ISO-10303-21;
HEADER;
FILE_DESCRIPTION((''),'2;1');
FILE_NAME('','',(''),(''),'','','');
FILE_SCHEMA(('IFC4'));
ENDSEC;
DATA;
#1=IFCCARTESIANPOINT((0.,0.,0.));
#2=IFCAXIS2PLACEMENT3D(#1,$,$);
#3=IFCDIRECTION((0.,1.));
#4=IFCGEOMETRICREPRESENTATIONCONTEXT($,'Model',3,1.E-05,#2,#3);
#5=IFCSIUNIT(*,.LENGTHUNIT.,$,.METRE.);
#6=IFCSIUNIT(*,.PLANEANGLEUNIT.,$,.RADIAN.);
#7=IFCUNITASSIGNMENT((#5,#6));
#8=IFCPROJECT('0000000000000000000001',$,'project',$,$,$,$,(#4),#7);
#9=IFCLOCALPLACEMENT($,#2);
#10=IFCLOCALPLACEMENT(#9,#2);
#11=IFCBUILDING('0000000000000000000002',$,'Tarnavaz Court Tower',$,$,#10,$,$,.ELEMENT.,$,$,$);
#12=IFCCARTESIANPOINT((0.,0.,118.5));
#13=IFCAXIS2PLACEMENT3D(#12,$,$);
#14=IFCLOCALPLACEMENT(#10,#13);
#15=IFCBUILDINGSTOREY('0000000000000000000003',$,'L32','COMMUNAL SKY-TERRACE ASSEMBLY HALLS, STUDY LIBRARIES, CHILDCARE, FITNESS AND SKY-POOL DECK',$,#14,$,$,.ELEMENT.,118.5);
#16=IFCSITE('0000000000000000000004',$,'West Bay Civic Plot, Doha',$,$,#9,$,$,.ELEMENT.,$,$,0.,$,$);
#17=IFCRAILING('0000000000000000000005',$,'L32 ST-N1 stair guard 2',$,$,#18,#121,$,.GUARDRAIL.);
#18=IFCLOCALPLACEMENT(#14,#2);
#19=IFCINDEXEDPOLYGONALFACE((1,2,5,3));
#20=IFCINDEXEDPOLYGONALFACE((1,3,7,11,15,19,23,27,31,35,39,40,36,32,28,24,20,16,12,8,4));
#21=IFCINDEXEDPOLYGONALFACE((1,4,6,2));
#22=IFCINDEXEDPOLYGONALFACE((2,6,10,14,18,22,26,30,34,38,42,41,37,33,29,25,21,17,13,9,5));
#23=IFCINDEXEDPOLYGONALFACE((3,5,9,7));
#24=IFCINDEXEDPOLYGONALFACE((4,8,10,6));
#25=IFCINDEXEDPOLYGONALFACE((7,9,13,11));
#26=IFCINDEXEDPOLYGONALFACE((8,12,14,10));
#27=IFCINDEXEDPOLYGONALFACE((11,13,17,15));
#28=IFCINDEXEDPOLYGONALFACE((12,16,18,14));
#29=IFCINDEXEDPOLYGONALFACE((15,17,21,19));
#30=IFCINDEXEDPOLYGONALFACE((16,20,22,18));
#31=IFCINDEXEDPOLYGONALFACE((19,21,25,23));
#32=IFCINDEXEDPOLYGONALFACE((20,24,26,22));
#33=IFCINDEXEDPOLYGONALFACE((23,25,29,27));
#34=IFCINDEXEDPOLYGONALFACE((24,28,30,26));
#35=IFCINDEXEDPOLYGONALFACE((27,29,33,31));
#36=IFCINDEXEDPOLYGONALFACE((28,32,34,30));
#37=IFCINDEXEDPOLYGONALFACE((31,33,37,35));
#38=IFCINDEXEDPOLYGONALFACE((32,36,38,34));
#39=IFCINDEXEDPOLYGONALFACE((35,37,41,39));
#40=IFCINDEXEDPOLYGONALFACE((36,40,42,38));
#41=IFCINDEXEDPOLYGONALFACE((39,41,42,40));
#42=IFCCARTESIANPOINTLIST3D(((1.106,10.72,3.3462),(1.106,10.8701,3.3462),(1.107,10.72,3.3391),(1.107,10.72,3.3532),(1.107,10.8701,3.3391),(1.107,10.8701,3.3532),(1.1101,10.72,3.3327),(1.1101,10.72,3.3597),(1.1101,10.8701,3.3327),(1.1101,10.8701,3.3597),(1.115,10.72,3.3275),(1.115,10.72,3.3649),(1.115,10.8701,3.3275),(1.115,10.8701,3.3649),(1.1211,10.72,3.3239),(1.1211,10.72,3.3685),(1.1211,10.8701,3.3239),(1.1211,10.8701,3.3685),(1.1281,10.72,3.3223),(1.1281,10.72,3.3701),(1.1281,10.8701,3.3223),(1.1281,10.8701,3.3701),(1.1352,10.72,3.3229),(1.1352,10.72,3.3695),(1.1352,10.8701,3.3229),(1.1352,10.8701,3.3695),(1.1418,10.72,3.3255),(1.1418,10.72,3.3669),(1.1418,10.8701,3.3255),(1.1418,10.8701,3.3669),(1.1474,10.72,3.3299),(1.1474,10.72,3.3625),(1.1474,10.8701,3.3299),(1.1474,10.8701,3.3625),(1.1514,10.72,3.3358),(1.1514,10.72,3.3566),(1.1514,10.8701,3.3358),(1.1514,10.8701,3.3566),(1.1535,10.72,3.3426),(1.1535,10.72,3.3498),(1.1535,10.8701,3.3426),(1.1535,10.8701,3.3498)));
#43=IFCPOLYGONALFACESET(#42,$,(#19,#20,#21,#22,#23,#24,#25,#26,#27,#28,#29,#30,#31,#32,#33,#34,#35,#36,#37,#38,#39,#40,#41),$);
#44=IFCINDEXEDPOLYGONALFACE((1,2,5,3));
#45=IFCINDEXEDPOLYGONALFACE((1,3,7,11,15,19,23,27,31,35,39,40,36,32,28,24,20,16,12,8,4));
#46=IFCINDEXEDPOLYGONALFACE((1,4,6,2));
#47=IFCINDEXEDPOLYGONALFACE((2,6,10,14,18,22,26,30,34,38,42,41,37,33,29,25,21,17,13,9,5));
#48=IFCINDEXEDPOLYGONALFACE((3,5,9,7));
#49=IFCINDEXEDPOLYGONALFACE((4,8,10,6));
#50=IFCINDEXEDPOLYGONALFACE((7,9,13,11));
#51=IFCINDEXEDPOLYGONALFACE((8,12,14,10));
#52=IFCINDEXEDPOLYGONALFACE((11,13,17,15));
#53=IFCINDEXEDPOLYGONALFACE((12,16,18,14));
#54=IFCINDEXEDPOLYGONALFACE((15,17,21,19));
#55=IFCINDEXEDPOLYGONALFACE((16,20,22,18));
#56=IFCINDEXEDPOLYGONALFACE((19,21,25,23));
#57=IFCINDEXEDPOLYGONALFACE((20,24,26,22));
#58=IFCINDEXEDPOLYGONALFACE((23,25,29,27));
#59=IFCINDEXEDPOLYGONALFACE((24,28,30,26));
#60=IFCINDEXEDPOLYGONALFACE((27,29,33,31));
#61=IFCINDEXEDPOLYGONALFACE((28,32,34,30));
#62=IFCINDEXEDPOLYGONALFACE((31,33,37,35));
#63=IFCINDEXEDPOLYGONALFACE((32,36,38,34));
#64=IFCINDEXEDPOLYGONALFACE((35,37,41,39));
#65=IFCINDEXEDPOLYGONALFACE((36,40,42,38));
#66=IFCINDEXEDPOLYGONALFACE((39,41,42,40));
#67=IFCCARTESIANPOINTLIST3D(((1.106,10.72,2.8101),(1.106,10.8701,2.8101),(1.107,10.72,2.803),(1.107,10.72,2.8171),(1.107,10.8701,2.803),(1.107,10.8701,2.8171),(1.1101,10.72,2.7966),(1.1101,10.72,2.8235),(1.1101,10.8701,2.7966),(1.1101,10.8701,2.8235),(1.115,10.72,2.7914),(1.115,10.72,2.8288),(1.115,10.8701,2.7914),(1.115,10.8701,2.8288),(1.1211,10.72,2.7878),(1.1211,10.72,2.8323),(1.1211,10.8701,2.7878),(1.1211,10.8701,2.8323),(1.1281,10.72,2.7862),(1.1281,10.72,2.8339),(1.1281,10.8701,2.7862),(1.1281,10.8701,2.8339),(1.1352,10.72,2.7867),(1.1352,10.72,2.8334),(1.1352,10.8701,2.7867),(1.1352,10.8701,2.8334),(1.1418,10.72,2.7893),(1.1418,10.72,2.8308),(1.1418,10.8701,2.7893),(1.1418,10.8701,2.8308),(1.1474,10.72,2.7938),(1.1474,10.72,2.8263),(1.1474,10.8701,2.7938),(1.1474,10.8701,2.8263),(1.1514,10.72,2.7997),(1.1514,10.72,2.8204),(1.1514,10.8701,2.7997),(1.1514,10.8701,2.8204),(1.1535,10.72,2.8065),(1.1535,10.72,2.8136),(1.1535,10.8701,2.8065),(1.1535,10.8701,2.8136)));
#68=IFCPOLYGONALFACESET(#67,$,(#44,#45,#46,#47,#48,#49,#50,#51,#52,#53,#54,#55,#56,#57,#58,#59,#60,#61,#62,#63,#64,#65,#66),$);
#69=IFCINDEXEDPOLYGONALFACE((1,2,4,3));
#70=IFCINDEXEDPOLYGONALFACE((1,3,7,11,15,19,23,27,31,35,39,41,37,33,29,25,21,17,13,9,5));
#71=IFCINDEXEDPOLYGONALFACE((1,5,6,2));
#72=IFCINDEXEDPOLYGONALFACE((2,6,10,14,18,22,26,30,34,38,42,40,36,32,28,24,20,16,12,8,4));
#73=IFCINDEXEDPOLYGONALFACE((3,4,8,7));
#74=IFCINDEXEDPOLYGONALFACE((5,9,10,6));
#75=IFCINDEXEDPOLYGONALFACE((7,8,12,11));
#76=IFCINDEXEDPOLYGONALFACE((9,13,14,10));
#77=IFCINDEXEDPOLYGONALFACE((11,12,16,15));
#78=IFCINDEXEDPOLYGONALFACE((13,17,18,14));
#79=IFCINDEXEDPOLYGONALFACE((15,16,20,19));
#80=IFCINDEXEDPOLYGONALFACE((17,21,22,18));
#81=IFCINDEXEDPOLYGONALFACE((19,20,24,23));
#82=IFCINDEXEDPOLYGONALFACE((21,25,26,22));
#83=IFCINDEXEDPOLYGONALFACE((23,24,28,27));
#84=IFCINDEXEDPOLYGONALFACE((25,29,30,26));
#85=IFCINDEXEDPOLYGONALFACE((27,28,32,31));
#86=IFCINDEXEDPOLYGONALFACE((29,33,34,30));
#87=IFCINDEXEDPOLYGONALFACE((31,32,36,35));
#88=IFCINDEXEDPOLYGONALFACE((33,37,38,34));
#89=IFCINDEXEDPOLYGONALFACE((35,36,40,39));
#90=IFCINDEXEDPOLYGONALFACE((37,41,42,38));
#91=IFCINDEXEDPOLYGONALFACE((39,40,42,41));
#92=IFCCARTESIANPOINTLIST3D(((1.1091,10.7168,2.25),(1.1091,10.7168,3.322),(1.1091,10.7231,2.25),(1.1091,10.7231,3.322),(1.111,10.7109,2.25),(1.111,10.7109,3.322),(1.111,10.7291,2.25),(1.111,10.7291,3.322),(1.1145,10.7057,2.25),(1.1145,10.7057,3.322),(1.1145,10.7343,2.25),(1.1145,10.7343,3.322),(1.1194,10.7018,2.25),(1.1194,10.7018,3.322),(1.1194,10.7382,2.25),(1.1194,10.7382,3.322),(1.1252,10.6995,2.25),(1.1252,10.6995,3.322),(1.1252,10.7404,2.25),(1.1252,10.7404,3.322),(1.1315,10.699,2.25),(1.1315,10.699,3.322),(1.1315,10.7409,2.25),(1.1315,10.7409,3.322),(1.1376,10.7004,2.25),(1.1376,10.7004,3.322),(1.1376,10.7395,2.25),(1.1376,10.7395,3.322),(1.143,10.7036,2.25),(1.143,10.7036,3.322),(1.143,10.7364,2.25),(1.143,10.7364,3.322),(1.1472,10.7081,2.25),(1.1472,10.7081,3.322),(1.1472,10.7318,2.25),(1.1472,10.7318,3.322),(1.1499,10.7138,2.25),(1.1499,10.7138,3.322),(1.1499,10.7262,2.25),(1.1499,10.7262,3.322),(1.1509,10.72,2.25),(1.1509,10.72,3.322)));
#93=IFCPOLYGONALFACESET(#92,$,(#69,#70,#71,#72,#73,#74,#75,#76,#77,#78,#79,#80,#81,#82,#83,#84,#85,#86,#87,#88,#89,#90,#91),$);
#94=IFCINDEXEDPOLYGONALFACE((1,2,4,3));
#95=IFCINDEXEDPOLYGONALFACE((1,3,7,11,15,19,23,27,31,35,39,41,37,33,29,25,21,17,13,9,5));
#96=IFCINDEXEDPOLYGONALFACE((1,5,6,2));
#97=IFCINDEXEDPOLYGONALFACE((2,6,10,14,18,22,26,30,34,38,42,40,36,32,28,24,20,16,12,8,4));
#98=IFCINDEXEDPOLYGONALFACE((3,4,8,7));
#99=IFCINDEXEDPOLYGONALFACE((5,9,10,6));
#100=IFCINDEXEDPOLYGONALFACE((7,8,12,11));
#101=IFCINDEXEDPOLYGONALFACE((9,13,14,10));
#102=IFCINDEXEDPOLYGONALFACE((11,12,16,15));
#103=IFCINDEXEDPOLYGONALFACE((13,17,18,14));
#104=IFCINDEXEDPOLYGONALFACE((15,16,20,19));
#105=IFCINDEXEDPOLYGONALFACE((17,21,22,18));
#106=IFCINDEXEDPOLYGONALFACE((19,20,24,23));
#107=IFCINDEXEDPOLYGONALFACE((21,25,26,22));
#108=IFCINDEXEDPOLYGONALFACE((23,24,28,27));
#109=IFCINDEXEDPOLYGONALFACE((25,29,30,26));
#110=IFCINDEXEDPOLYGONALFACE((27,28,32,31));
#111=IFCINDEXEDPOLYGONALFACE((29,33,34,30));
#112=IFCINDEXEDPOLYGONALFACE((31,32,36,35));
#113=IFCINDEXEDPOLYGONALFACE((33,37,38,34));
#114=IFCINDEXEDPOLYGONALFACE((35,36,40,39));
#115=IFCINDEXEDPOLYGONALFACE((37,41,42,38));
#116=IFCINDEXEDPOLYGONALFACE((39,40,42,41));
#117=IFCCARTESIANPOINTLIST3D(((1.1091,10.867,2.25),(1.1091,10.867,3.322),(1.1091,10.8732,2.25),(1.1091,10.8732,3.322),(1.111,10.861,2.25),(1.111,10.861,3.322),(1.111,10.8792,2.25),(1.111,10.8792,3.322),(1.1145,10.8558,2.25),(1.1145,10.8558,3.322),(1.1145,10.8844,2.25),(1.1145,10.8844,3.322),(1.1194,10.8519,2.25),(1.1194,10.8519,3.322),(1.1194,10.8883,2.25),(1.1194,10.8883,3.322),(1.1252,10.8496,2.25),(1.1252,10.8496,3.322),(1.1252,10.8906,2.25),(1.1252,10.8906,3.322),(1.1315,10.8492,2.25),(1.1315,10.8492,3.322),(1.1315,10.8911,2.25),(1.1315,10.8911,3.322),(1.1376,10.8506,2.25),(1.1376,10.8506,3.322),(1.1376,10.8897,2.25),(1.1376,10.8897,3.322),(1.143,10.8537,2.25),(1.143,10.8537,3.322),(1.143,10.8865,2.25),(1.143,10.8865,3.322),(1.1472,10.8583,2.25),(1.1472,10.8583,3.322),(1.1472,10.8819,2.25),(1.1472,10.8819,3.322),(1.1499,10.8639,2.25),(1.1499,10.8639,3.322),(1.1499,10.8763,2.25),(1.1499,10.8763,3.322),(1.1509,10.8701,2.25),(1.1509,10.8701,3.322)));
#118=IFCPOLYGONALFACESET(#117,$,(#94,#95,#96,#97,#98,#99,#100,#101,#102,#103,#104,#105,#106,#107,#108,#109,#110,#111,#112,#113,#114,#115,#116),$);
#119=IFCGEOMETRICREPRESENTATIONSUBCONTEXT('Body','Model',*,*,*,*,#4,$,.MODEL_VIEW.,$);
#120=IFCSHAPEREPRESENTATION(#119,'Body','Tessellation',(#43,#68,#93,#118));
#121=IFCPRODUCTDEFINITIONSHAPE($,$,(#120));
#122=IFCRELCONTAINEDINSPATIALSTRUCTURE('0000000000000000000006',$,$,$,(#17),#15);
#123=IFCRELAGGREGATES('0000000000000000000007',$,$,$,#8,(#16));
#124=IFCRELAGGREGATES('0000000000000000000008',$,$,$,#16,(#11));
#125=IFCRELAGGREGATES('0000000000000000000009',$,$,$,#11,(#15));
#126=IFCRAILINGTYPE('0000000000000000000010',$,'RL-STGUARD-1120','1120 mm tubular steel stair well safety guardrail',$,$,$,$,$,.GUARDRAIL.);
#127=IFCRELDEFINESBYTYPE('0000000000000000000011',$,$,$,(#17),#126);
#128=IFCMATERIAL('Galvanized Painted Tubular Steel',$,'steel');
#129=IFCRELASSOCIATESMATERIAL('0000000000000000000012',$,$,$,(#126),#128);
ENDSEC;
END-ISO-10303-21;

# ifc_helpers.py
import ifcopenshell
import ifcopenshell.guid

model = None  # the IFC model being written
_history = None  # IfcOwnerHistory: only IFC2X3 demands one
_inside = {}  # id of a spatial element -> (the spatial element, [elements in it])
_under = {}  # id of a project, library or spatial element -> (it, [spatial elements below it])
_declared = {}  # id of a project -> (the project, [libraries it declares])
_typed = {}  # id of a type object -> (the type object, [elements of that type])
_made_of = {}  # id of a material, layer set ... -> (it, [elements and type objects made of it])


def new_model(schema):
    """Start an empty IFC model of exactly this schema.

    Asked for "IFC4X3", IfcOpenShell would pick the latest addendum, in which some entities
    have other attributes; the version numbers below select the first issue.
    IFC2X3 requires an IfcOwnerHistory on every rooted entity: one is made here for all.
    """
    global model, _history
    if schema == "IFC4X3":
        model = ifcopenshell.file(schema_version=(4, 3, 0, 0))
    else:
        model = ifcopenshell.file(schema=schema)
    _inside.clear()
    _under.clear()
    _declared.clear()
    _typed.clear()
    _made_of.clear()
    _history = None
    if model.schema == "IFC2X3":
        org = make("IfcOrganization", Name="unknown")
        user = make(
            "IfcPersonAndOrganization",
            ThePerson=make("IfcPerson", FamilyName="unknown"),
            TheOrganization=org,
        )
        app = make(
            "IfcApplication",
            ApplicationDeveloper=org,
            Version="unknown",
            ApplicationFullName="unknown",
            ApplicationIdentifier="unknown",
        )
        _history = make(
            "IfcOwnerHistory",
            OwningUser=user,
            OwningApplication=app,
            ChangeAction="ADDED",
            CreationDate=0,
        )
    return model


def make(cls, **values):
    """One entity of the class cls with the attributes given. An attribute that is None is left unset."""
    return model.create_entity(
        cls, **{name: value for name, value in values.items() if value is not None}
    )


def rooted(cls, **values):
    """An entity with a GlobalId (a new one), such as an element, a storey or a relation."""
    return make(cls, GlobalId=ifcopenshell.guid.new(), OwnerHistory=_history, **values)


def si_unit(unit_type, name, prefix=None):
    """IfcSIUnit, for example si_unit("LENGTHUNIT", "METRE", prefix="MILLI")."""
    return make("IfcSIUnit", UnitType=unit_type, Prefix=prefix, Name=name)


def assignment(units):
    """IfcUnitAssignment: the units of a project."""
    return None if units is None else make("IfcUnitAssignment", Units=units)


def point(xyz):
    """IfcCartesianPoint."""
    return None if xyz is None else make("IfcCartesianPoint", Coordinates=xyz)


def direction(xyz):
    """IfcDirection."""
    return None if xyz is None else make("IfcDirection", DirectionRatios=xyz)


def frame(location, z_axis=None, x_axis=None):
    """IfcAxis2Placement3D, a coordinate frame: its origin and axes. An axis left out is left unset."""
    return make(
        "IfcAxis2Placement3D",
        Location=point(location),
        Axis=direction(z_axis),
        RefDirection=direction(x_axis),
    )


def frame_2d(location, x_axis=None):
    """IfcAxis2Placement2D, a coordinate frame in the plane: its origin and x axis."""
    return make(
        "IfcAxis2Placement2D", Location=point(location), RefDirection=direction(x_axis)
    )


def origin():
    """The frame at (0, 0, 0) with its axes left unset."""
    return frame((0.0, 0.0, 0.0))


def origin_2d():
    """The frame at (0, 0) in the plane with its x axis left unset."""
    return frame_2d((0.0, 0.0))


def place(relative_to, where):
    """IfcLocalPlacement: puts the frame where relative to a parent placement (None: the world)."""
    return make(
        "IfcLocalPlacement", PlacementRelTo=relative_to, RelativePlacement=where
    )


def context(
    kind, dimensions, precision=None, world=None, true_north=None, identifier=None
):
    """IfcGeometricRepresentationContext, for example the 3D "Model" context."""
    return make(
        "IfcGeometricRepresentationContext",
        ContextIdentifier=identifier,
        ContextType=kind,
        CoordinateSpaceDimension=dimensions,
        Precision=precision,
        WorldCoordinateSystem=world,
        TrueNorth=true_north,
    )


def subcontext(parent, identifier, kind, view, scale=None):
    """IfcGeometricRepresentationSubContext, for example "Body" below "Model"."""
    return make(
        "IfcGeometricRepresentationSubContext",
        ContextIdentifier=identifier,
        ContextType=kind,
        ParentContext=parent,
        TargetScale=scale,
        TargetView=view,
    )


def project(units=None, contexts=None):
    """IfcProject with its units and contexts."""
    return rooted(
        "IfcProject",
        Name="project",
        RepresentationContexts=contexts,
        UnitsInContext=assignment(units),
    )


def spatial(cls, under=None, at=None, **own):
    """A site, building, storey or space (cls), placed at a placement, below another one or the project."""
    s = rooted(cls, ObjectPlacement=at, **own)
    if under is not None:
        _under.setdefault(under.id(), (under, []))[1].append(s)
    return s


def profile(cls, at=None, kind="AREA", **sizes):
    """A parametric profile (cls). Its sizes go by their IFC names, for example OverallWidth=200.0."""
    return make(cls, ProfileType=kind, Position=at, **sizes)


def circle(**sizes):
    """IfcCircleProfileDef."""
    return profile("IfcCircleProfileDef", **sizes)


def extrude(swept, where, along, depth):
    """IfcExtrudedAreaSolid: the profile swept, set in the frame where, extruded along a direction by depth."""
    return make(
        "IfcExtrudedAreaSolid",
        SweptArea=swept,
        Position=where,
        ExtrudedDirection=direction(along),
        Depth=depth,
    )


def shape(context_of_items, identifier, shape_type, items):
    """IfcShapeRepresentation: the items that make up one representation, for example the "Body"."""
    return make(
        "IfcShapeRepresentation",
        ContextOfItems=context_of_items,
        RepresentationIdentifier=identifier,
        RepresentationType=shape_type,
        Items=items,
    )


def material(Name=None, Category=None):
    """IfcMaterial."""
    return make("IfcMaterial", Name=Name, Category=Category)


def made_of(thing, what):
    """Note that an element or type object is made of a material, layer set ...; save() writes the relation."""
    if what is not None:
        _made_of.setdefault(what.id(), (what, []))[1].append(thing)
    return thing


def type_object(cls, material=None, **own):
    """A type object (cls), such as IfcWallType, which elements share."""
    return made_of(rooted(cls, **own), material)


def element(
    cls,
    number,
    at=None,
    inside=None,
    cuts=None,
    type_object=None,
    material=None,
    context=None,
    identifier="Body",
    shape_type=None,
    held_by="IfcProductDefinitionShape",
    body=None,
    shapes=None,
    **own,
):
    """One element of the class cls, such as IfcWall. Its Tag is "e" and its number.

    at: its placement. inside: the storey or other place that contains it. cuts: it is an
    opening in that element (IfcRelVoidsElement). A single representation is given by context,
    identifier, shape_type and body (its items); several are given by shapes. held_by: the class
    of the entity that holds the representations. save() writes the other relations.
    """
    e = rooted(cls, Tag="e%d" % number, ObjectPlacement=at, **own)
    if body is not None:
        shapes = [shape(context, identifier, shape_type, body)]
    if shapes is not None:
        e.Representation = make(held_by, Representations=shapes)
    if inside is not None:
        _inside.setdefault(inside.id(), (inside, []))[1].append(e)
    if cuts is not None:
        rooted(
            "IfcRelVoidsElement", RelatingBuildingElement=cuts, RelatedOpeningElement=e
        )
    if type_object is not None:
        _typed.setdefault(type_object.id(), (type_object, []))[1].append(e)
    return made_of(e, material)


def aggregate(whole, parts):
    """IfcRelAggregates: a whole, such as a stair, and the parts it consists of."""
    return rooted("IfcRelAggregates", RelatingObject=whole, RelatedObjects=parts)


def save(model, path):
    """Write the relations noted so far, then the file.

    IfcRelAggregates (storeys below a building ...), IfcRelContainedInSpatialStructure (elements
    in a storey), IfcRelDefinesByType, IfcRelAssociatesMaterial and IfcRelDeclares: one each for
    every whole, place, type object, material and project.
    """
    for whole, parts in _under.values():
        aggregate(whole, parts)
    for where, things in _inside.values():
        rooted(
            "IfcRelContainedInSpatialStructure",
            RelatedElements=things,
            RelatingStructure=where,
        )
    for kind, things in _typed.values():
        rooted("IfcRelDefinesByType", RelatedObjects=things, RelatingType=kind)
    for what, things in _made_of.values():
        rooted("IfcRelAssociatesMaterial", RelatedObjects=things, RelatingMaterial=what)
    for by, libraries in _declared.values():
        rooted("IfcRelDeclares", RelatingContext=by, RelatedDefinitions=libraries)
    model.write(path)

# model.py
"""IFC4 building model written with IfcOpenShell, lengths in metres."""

from ifc_helpers import new_model, si_unit, direction, frame, origin, origin_2d, place, context, subcontext, project, spatial, circle, extrude, material, type_object, element, save


model = new_model("IFC4")

# Units and contexts
model_context = context("Model", 3, precision=1e-05, world=origin(), true_north=direction((0.0, 1.0)))
body_context = subcontext(model_context, "Body", "Model", "MODEL_VIEW")
ifc_project = project(units=[si_unit("LENGTHUNIT", "METRE"), si_unit("PLANEANGLEUNIT", "RADIAN")], contexts=[model_context])

# Site, building, storey
site_placement = place(None, origin())
site = spatial("IfcSite", under=ifc_project, at=site_placement, Name="West Bay Civic Plot, Doha", CompositionType="ELEMENT", RefElevation=0.0)
building_placement = place(site_placement, origin())
building = spatial("IfcBuilding", under=site, at=building_placement, Name="Tarnavaz Court Tower", CompositionType="ELEMENT")
storey_placement = place(building_placement, frame((0.0, 0.0, 118.5)))
storey = spatial("IfcBuildingStorey", under=building, at=storey_placement, Name="L32", Description="COMMUNAL SKY-TERRACE ASSEMBLY HALLS, STUDY LIBRARIES, CHILDCARE, FITNESS AND SKY-POOL DECK", CompositionType="ELEMENT", Elevation=118.5)

# Railing
ifc_material_1 = material(Name="Galvanized Painted Tubular Steel", Category="steel")
railing_type_1 = type_object("IfcRailingType", Name="RL-STGUARD-1120", Description="1120 mm tubular steel stair well safety guardrail", PredefinedType="GUARDRAIL", material=ifc_material_1)
railing_1_placement = place(storey_placement, frame((1.1299, 10.72, 2.25)))
element("IfcRailing", 1, at=railing_1_placement, inside=storey, type_object=railing_type_1, Name="L32 ST-N1 stair guard 2", PredefinedType="GUARDRAIL", context=body_context, shape_type="SweptSolid", body=[
    extrude(circle(Radius=0.0239, at=origin_2d()), frame((0.0, 0.0, 1.0962), z_axis=(0.0, 1.0, 0.0), x_axis=(-1.0, 0.0, 0.0)), (0.0, 0.0, 1.0), 0.1501),
    extrude(circle(Radius=0.0239, at=origin_2d()), frame((0.0, 0.0, 0.5601), z_axis=(0.0, 1.0, 0.0), x_axis=(-1.0, 0.0, 0.0)), (0.0, 0.0, 1.0), 0.1501),
    extrude(circle(Radius=0.021, at=origin_2d()), origin(), (0.0, 0.0, 1.0), 1.072),
    extrude(circle(Radius=0.021, at=origin_2d()), frame((0.0, 0.1501, 0.0)), (0.0, 0.0, 1.0), 1.072),
])

save(model, "model.ifc")
